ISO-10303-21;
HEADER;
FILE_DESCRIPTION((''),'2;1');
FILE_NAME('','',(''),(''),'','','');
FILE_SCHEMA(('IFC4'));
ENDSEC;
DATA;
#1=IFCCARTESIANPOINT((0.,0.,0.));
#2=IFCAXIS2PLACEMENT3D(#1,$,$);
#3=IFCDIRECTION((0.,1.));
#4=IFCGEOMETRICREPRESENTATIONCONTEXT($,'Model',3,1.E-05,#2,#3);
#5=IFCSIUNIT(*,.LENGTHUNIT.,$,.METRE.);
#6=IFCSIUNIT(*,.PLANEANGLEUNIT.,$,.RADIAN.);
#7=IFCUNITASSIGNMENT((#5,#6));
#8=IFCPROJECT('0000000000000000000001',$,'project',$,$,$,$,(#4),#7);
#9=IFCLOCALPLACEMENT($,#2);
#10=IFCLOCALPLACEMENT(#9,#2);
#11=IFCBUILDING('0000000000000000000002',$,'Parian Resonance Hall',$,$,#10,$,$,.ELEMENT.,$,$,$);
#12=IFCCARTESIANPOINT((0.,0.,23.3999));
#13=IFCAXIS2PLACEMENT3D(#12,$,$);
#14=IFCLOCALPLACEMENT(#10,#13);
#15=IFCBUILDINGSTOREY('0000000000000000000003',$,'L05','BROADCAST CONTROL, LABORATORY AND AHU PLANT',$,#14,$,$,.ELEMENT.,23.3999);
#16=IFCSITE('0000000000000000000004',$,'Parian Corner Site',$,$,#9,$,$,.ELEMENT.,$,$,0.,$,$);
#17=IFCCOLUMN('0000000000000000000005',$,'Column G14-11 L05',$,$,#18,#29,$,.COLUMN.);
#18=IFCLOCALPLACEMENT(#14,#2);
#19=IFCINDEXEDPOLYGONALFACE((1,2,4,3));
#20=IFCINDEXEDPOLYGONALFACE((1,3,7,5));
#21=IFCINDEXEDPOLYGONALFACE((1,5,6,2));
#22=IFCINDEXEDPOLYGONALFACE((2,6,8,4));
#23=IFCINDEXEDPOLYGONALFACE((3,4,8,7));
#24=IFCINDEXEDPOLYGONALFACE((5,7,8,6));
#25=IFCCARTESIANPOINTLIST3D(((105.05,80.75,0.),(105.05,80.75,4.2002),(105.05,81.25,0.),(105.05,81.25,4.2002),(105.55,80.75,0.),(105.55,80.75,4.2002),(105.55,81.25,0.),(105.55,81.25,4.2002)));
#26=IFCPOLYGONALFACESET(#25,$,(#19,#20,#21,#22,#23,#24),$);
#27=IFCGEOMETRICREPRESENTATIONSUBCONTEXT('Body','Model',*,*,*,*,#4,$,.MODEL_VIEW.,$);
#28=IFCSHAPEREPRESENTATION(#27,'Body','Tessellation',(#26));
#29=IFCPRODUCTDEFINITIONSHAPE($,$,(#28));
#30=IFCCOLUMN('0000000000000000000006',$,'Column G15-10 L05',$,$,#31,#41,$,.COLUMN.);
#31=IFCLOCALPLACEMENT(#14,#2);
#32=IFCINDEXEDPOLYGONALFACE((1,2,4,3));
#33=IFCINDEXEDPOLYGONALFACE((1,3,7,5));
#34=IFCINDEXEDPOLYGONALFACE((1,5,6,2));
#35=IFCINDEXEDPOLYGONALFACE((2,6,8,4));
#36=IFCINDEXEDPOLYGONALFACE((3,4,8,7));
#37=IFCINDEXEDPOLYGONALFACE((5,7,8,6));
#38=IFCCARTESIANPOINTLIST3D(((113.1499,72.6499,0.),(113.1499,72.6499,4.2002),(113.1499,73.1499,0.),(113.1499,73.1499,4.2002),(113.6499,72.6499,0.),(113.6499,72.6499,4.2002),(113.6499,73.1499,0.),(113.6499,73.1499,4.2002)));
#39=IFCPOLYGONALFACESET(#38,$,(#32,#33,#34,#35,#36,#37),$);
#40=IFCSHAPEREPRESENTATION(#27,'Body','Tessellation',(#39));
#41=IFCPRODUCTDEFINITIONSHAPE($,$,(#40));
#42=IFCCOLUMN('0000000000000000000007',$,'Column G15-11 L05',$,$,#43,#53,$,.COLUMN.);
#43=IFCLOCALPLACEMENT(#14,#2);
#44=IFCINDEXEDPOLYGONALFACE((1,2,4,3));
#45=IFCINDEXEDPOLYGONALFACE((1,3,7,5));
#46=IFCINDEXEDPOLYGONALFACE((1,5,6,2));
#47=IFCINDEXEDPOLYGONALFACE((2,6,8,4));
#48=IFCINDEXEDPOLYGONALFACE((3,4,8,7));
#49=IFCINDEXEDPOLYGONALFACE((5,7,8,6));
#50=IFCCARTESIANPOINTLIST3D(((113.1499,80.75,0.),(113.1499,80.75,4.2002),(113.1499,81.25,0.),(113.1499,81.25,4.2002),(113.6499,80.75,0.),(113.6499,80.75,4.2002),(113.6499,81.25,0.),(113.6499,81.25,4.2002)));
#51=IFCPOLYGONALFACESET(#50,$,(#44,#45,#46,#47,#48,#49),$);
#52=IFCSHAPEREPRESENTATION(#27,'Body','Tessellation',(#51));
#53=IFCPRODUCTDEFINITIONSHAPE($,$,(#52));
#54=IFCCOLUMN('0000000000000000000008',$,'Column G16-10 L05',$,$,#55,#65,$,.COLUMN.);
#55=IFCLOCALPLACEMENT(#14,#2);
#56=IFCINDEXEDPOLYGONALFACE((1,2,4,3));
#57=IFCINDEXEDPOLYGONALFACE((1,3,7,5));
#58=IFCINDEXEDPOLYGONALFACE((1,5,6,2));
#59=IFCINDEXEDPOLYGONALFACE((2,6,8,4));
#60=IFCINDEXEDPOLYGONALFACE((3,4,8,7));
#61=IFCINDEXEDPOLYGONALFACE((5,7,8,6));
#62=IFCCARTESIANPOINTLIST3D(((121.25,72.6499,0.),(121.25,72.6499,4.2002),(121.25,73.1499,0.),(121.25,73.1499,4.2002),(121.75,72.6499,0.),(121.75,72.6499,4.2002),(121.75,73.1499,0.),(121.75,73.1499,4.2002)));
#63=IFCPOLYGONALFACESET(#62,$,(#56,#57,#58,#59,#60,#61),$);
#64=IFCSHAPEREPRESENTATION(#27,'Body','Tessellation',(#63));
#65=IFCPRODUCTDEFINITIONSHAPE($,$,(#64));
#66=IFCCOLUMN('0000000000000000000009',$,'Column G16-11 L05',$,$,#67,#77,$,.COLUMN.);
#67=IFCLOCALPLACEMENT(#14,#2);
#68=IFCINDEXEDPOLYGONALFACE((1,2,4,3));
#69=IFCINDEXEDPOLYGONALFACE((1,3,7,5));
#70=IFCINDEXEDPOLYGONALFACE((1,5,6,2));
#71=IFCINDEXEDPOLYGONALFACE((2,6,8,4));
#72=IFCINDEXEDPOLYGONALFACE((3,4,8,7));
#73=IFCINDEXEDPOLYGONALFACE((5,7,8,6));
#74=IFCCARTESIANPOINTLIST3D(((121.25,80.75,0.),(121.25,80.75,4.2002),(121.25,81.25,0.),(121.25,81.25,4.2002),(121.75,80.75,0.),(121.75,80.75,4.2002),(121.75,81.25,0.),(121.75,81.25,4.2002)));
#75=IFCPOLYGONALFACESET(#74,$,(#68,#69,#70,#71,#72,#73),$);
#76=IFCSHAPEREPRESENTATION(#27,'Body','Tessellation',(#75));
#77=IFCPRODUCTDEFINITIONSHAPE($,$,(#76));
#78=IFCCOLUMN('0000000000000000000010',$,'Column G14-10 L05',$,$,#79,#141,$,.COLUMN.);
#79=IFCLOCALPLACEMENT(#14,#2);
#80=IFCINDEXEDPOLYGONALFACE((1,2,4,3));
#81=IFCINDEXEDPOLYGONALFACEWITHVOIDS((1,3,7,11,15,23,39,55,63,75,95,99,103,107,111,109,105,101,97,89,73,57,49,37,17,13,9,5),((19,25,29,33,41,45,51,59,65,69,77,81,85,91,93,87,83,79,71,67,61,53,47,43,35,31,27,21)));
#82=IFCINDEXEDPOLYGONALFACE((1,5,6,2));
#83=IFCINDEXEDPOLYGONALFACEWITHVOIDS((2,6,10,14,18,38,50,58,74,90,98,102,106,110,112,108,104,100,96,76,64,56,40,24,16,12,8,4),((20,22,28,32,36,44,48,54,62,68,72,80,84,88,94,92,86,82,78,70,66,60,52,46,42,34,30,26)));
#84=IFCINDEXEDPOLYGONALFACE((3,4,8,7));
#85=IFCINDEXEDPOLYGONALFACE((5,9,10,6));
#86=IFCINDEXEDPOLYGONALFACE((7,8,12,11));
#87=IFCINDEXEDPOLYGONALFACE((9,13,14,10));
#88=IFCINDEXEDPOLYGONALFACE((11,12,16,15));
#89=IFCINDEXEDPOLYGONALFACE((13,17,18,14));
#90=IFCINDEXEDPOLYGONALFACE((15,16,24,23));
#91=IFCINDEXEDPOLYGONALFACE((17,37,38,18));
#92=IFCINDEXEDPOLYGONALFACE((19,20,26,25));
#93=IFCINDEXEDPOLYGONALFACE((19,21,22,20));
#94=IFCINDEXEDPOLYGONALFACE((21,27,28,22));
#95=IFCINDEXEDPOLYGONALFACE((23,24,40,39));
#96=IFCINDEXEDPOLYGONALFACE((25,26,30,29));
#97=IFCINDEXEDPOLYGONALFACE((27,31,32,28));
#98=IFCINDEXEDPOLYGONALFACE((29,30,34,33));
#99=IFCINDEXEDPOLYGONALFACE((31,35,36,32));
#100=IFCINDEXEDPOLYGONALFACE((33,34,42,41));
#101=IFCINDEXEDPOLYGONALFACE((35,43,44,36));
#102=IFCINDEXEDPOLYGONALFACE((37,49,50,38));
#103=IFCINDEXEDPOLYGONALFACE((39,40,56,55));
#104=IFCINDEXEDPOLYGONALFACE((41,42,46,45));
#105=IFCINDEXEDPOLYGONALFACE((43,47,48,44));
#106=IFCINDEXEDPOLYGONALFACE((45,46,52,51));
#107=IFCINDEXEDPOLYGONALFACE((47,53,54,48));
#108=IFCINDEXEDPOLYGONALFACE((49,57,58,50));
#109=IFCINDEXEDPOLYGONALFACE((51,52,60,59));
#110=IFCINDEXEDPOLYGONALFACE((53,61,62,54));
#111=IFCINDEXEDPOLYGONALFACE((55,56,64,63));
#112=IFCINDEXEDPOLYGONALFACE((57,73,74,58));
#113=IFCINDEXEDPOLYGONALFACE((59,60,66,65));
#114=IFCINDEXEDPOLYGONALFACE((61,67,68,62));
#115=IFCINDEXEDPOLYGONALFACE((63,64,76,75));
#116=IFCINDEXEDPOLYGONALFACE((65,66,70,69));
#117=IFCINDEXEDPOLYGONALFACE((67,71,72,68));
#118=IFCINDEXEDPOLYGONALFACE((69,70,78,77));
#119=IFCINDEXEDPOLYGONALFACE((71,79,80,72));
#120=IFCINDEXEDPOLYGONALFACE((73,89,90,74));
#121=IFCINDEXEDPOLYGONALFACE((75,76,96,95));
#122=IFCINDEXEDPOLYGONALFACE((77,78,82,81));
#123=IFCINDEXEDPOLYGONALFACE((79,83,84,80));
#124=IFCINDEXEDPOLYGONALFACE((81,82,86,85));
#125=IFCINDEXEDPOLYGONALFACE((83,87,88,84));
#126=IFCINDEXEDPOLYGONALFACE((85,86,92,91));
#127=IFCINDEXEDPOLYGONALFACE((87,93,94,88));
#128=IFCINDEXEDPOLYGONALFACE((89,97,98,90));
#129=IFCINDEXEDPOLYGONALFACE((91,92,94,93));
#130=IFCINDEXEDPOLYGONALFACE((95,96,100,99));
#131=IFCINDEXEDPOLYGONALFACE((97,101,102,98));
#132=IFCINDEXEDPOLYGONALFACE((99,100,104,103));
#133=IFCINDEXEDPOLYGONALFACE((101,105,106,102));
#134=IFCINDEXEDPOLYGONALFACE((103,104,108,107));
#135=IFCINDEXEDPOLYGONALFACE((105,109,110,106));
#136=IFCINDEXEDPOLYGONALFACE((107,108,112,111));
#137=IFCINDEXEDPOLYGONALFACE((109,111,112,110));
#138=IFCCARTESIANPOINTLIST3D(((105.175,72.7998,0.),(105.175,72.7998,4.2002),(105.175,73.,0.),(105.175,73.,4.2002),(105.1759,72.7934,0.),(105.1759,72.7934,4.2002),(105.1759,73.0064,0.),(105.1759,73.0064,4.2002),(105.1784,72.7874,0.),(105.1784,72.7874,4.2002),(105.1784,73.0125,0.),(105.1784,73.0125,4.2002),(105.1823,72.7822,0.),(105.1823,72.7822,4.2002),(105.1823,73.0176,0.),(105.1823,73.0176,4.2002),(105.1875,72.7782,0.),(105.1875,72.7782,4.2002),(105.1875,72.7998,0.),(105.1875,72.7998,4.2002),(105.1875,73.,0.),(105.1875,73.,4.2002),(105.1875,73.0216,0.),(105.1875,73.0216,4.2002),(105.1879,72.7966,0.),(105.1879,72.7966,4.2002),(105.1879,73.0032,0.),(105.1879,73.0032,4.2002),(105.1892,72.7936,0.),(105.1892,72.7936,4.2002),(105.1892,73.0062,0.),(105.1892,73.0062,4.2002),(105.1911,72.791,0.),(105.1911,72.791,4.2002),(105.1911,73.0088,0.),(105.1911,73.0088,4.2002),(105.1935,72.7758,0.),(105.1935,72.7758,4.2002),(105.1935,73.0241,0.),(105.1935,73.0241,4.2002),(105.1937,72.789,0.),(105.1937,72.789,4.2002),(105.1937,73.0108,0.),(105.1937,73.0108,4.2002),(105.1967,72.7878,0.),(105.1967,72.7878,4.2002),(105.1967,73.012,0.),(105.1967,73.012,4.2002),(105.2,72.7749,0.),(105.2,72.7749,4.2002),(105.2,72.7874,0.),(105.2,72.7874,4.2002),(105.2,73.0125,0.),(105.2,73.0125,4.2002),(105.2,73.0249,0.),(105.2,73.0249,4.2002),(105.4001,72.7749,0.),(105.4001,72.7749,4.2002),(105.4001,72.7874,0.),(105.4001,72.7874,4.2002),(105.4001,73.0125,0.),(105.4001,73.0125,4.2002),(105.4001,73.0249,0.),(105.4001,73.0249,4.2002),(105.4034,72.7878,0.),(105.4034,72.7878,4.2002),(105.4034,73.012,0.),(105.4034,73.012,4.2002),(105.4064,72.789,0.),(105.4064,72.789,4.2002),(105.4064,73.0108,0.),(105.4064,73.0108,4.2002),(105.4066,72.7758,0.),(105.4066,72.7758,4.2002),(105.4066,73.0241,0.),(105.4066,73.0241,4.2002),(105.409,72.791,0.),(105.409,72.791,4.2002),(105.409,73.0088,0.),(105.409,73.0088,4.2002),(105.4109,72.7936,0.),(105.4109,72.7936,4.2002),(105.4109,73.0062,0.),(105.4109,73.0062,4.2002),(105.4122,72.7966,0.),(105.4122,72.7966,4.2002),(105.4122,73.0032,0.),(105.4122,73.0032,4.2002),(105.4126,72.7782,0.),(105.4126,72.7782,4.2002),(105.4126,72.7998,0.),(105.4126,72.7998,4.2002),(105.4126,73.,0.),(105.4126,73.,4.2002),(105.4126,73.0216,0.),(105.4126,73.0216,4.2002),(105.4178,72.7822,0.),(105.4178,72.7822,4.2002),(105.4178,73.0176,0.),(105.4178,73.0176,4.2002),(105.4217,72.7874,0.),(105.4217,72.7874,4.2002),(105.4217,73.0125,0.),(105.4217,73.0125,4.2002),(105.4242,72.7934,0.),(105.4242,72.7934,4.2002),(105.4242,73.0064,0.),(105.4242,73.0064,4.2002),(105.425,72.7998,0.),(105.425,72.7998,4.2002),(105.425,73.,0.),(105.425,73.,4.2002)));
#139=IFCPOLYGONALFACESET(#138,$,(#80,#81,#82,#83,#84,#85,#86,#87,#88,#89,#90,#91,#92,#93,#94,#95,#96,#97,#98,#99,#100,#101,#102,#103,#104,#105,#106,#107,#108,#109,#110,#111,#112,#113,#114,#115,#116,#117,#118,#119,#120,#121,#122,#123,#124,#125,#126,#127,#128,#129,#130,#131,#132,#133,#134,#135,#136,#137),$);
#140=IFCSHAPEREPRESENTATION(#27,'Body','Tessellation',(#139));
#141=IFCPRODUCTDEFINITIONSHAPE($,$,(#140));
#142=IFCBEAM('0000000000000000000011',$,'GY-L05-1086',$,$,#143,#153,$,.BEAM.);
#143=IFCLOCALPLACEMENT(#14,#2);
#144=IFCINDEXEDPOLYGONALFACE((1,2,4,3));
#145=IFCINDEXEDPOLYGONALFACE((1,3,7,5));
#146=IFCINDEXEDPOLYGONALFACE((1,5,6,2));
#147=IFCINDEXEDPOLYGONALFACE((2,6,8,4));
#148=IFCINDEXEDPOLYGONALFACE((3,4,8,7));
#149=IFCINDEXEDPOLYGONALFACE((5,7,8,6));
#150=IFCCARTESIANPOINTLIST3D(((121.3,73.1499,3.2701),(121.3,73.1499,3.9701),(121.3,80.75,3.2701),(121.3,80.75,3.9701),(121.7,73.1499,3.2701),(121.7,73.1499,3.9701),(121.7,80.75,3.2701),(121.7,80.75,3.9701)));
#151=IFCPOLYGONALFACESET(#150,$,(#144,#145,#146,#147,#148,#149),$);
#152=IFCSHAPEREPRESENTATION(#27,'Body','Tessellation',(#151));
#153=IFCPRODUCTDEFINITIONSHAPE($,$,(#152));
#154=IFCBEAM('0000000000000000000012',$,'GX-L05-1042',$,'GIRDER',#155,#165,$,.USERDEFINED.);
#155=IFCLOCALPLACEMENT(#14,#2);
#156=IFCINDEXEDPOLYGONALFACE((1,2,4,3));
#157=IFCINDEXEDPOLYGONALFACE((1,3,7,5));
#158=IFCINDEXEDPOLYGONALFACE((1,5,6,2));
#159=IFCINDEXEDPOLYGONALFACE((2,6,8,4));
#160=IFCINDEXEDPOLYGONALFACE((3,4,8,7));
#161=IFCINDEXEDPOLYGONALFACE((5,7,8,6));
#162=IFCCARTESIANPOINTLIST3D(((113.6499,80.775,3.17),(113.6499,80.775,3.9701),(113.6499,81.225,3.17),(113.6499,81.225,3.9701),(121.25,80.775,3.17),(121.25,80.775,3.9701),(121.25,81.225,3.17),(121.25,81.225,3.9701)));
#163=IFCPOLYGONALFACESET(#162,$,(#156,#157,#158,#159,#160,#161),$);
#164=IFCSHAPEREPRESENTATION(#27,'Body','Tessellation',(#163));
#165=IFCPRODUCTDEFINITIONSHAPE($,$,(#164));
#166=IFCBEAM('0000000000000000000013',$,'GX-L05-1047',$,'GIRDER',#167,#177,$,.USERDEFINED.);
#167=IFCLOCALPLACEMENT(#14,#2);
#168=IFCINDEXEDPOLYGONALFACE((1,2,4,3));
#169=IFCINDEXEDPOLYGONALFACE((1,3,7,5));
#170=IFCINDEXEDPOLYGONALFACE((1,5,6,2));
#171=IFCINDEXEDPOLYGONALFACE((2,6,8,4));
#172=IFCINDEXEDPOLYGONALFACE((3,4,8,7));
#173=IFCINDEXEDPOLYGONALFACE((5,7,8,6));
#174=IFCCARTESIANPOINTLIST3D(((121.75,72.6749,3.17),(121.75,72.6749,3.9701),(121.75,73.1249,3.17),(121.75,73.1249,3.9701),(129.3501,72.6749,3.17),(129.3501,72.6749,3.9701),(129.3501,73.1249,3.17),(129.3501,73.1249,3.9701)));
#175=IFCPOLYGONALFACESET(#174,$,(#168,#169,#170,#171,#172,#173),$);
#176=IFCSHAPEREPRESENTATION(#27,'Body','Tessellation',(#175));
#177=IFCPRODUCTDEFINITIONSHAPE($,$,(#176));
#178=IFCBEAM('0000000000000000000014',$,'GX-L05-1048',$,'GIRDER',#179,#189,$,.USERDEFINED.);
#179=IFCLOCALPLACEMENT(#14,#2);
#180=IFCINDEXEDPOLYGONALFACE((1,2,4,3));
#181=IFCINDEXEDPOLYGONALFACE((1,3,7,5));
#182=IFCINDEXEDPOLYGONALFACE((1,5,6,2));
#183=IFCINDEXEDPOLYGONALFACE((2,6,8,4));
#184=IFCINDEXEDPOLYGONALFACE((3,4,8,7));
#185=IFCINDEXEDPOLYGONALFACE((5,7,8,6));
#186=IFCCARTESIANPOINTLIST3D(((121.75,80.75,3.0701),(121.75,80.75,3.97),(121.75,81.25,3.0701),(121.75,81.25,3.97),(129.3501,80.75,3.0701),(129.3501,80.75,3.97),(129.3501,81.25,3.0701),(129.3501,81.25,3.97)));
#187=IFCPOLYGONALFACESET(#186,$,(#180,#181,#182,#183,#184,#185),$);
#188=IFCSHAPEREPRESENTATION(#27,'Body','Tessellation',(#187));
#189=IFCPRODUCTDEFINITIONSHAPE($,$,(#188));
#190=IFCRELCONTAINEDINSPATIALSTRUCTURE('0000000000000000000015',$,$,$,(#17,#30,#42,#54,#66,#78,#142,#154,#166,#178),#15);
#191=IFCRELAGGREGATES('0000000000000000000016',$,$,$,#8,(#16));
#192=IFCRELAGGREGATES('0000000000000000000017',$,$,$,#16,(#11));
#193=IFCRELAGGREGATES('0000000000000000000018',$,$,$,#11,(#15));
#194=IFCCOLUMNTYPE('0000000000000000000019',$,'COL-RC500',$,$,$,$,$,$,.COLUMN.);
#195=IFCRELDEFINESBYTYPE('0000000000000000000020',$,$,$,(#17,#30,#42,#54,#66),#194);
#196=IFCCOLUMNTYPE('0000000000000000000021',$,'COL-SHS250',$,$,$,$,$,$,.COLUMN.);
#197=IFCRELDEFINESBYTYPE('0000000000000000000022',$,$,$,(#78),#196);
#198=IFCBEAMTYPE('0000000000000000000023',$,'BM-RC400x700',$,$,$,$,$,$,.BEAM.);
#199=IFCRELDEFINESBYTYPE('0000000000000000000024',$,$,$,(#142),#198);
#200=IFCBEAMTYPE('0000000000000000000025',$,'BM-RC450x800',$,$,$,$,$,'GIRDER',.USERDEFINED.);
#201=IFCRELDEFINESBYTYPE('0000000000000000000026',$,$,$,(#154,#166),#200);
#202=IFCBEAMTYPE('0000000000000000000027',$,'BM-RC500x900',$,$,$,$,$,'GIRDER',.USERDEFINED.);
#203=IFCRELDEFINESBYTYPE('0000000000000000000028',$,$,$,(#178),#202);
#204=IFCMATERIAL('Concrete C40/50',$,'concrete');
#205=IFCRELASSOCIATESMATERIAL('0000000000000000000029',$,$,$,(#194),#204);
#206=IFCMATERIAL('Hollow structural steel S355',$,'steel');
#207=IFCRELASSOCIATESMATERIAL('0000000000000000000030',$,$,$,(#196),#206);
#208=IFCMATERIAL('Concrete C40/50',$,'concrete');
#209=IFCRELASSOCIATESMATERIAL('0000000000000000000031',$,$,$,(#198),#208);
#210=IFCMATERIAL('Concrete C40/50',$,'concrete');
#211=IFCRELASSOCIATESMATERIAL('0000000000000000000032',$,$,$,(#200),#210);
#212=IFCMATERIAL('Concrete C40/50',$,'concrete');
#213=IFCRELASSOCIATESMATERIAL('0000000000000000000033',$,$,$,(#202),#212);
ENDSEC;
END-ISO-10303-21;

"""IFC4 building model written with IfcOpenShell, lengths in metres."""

from ifc_helpers import new_model, si_unit, direction, frame, origin, origin_2d, place, context, subcontext, project, spatial, rectangle, hollow_rectangle, extrude, material, material_profile, profile_set, type_object, element, save


model = new_model("IFC4")

# Units and contexts
model_context = context("Model", 3, precision=1e-05, world=origin(), true_north=direction((0.0, 1.0)))
body_context = subcontext(model_context, "Body", "Model", "MODEL_VIEW")
ifc_project = project(units=[si_unit("LENGTHUNIT", "METRE"), si_unit("PLANEANGLEUNIT", "RADIAN")], contexts=[model_context])

# Site, building, storey
site_placement = place(None, origin())
site = spatial("IfcSite", under=ifc_project, at=site_placement, Name="Parian Corner Site", CompositionType="ELEMENT", RefElevation=0.0)
building_placement = place(site_placement, origin())
building = spatial("IfcBuilding", under=site, at=building_placement, Name="Parian Resonance Hall", CompositionType="ELEMENT")
storey_placement = place(building_placement, frame((0.0, 0.0, 23.3999)))
storey = spatial("IfcBuildingStorey", under=building, at=storey_placement, Name="L05", Description="BROADCAST CONTROL, LABORATORY AND AHU PLANT", CompositionType="ELEMENT", Elevation=23.3999)

# Columns
ifc_material_1 = material(Name="Concrete C40/50", Category="concrete")
ifc_material_profile_1 = material_profile(ifc_material_1, rectangle(XDim=0.5, YDim=0.5, at=origin_2d()), Name="RC-COL-500x500")
ifc_profile_set_1 = profile_set([ifc_material_profile_1], Name="Concrete C40/50")
column_type_1 = type_object("IfcColumnType", Name="COL-RC500", PredefinedType="COLUMN", material=ifc_profile_set_1)
for number, where, z_axis, x_axis, name in (
    (1, (105.3, 81.0, 0.0), (0.0, 0.0, 1.0), (1.0, 0.0, 0.0), "Column G14-11 L05"),
    (2, (113.3999, 72.8999, 0.0), (0.0, 0.0, 1.0), (1.0, 0.0, 0.0), "Column G15-10 L05"),
    (3, (113.3999, 81.0, 0.0), (0.0, 0.0, 1.0), (1.0, 0.0, 0.0), "Column G15-11 L05"),
    (4, (121.5, 72.8999, 0.0), (0.0, 0.0, 1.0), (1.0, 0.0, 0.0), "Column G16-10 L05"),
    (5, (121.5, 81.0, 0.0), (0.0, 0.0, 1.0), (1.0, 0.0, 0.0), "Column G16-11 L05"),
):
    element("IfcColumn", number, at=place(storey_placement, frame(where, z_axis=z_axis, x_axis=x_axis)), inside=storey, type_object=column_type_1, Name=name, PredefinedType="COLUMN", context=body_context, shape_type="SweptSolid", body=[
        extrude(rectangle(XDim=0.5, YDim=0.5, at=origin_2d()), origin(), (0.0, 0.0, 1.0), 4.2002),
    ])
ifc_material_2 = material(Name="Hollow structural steel S355", Category="steel")
ifc_material_profile_2 = material_profile(ifc_material_2, hollow_rectangle(XDim=0.25, YDim=0.25, WallThickness=0.0125, InnerFilletRadius=0.0125, OuterFilletRadius=0.0249, at=origin_2d()), Name="SHS250x250x12.5")
ifc_profile_set_2 = profile_set([ifc_material_profile_2], Name="Hollow structural steel S355")
column_type_2 = type_object("IfcColumnType", Name="COL-SHS250", PredefinedType="COLUMN", material=ifc_profile_set_2)
column_placement = place(storey_placement, frame((105.3, 72.8999, 0.0), z_axis=(0.0, 0.0, 1.0), x_axis=(1.0, 0.0, 0.0)))
element("IfcColumn", 6, at=column_placement, inside=storey, type_object=column_type_2, Name="Column G14-10 L05", PredefinedType="COLUMN", context=body_context, shape_type="SweptSolid", body=[
    extrude(hollow_rectangle(XDim=0.25, YDim=0.25, WallThickness=0.0125, InnerFilletRadius=0.0125, OuterFilletRadius=0.0249, at=origin_2d()), origin(), (0.0, 0.0, 1.0), 4.2002),
])

# Beams
ifc_material_3 = material(Name="Concrete C40/50", Category="concrete")
ifc_material_profile_3 = material_profile(ifc_material_3, rectangle(XDim=0.3999, YDim=0.7, at=origin_2d()), Name="RC-BM-400x700")
ifc_profile_set_3 = profile_set([ifc_material_profile_3], Name="Concrete C40/50")
beam_type_1 = type_object("IfcBeamType", Name="BM-RC400x700", PredefinedType="BEAM", material=ifc_profile_set_3)
beam_1_placement = place(storey_placement, frame((121.5, 73.1499, 3.6201), z_axis=(0.0, 1.0, 0.0), x_axis=(-1.0, 0.0, 0.0)))
element("IfcBeam", 7, at=beam_1_placement, inside=storey, type_object=beam_type_1, Name="GY-L05-1086", PredefinedType="BEAM", context=body_context, shape_type="SweptSolid", body=[
    extrude(rectangle(XDim=0.3999, YDim=0.7, at=origin_2d()), origin(), (0.0, 0.0, 1.0), 7.6001),
])
ifc_material_4 = material(Name="Concrete C40/50", Category="concrete")
ifc_material_profile_4 = material_profile(ifc_material_4, rectangle(XDim=0.45, YDim=0.8, at=origin_2d()), Name="RC-BM-450x800")
ifc_profile_set_4 = profile_set([ifc_material_profile_4], Name="Concrete C40/50")
beam_type_2 = type_object("IfcBeamType", Name="BM-RC450x800", ElementType="GIRDER", PredefinedType="USERDEFINED", material=ifc_profile_set_4)
for number, where, z_axis, x_axis, name in (
    (8, (113.6499, 81.0, 3.5701), (1.0, 0.0, 0.0), (0.0, 1.0, 0.0), "GX-L05-1042"),
    (9, (121.75, 72.8999, 3.5701), (1.0, 0.0, 0.0), (0.0, 1.0, 0.0), "GX-L05-1047"),
):
    element("IfcBeam", number, at=place(storey_placement, frame(where, z_axis=z_axis, x_axis=x_axis)), inside=storey, type_object=beam_type_2, Name=name, ObjectType="GIRDER", PredefinedType="USERDEFINED", context=body_context, shape_type="SweptSolid", body=[
        extrude(rectangle(XDim=0.45, YDim=0.8, at=origin_2d()), origin(), (0.0, 0.0, 1.0), 7.6001),
    ])
ifc_material_5 = material(Name="Concrete C40/50", Category="concrete")
ifc_material_profile_5 = material_profile(ifc_material_5, rectangle(XDim=0.5, YDim=0.8999, at=origin_2d()), Name="RC-BM-500x900")
ifc_profile_set_5 = profile_set([ifc_material_profile_5], Name="Concrete C40/50")
beam_type_3 = type_object("IfcBeamType", Name="BM-RC500x900", ElementType="GIRDER", PredefinedType="USERDEFINED", material=ifc_profile_set_5)
beam_2_placement = place(storey_placement, frame((121.75, 81.0, 3.52), z_axis=(1.0, 0.0, 0.0), x_axis=(0.0, 1.0, 0.0)))
element("IfcBeam", 10, at=beam_2_placement, inside=storey, type_object=beam_type_3, Name="GX-L05-1048", ObjectType="GIRDER", PredefinedType="USERDEFINED", context=body_context, shape_type="SweptSolid", body=[
    extrude(rectangle(XDim=0.5, YDim=0.8999, at=origin_2d()), origin(), (0.0, 0.0, 1.0), 7.6001),
])

save(model, "model.ifc")
